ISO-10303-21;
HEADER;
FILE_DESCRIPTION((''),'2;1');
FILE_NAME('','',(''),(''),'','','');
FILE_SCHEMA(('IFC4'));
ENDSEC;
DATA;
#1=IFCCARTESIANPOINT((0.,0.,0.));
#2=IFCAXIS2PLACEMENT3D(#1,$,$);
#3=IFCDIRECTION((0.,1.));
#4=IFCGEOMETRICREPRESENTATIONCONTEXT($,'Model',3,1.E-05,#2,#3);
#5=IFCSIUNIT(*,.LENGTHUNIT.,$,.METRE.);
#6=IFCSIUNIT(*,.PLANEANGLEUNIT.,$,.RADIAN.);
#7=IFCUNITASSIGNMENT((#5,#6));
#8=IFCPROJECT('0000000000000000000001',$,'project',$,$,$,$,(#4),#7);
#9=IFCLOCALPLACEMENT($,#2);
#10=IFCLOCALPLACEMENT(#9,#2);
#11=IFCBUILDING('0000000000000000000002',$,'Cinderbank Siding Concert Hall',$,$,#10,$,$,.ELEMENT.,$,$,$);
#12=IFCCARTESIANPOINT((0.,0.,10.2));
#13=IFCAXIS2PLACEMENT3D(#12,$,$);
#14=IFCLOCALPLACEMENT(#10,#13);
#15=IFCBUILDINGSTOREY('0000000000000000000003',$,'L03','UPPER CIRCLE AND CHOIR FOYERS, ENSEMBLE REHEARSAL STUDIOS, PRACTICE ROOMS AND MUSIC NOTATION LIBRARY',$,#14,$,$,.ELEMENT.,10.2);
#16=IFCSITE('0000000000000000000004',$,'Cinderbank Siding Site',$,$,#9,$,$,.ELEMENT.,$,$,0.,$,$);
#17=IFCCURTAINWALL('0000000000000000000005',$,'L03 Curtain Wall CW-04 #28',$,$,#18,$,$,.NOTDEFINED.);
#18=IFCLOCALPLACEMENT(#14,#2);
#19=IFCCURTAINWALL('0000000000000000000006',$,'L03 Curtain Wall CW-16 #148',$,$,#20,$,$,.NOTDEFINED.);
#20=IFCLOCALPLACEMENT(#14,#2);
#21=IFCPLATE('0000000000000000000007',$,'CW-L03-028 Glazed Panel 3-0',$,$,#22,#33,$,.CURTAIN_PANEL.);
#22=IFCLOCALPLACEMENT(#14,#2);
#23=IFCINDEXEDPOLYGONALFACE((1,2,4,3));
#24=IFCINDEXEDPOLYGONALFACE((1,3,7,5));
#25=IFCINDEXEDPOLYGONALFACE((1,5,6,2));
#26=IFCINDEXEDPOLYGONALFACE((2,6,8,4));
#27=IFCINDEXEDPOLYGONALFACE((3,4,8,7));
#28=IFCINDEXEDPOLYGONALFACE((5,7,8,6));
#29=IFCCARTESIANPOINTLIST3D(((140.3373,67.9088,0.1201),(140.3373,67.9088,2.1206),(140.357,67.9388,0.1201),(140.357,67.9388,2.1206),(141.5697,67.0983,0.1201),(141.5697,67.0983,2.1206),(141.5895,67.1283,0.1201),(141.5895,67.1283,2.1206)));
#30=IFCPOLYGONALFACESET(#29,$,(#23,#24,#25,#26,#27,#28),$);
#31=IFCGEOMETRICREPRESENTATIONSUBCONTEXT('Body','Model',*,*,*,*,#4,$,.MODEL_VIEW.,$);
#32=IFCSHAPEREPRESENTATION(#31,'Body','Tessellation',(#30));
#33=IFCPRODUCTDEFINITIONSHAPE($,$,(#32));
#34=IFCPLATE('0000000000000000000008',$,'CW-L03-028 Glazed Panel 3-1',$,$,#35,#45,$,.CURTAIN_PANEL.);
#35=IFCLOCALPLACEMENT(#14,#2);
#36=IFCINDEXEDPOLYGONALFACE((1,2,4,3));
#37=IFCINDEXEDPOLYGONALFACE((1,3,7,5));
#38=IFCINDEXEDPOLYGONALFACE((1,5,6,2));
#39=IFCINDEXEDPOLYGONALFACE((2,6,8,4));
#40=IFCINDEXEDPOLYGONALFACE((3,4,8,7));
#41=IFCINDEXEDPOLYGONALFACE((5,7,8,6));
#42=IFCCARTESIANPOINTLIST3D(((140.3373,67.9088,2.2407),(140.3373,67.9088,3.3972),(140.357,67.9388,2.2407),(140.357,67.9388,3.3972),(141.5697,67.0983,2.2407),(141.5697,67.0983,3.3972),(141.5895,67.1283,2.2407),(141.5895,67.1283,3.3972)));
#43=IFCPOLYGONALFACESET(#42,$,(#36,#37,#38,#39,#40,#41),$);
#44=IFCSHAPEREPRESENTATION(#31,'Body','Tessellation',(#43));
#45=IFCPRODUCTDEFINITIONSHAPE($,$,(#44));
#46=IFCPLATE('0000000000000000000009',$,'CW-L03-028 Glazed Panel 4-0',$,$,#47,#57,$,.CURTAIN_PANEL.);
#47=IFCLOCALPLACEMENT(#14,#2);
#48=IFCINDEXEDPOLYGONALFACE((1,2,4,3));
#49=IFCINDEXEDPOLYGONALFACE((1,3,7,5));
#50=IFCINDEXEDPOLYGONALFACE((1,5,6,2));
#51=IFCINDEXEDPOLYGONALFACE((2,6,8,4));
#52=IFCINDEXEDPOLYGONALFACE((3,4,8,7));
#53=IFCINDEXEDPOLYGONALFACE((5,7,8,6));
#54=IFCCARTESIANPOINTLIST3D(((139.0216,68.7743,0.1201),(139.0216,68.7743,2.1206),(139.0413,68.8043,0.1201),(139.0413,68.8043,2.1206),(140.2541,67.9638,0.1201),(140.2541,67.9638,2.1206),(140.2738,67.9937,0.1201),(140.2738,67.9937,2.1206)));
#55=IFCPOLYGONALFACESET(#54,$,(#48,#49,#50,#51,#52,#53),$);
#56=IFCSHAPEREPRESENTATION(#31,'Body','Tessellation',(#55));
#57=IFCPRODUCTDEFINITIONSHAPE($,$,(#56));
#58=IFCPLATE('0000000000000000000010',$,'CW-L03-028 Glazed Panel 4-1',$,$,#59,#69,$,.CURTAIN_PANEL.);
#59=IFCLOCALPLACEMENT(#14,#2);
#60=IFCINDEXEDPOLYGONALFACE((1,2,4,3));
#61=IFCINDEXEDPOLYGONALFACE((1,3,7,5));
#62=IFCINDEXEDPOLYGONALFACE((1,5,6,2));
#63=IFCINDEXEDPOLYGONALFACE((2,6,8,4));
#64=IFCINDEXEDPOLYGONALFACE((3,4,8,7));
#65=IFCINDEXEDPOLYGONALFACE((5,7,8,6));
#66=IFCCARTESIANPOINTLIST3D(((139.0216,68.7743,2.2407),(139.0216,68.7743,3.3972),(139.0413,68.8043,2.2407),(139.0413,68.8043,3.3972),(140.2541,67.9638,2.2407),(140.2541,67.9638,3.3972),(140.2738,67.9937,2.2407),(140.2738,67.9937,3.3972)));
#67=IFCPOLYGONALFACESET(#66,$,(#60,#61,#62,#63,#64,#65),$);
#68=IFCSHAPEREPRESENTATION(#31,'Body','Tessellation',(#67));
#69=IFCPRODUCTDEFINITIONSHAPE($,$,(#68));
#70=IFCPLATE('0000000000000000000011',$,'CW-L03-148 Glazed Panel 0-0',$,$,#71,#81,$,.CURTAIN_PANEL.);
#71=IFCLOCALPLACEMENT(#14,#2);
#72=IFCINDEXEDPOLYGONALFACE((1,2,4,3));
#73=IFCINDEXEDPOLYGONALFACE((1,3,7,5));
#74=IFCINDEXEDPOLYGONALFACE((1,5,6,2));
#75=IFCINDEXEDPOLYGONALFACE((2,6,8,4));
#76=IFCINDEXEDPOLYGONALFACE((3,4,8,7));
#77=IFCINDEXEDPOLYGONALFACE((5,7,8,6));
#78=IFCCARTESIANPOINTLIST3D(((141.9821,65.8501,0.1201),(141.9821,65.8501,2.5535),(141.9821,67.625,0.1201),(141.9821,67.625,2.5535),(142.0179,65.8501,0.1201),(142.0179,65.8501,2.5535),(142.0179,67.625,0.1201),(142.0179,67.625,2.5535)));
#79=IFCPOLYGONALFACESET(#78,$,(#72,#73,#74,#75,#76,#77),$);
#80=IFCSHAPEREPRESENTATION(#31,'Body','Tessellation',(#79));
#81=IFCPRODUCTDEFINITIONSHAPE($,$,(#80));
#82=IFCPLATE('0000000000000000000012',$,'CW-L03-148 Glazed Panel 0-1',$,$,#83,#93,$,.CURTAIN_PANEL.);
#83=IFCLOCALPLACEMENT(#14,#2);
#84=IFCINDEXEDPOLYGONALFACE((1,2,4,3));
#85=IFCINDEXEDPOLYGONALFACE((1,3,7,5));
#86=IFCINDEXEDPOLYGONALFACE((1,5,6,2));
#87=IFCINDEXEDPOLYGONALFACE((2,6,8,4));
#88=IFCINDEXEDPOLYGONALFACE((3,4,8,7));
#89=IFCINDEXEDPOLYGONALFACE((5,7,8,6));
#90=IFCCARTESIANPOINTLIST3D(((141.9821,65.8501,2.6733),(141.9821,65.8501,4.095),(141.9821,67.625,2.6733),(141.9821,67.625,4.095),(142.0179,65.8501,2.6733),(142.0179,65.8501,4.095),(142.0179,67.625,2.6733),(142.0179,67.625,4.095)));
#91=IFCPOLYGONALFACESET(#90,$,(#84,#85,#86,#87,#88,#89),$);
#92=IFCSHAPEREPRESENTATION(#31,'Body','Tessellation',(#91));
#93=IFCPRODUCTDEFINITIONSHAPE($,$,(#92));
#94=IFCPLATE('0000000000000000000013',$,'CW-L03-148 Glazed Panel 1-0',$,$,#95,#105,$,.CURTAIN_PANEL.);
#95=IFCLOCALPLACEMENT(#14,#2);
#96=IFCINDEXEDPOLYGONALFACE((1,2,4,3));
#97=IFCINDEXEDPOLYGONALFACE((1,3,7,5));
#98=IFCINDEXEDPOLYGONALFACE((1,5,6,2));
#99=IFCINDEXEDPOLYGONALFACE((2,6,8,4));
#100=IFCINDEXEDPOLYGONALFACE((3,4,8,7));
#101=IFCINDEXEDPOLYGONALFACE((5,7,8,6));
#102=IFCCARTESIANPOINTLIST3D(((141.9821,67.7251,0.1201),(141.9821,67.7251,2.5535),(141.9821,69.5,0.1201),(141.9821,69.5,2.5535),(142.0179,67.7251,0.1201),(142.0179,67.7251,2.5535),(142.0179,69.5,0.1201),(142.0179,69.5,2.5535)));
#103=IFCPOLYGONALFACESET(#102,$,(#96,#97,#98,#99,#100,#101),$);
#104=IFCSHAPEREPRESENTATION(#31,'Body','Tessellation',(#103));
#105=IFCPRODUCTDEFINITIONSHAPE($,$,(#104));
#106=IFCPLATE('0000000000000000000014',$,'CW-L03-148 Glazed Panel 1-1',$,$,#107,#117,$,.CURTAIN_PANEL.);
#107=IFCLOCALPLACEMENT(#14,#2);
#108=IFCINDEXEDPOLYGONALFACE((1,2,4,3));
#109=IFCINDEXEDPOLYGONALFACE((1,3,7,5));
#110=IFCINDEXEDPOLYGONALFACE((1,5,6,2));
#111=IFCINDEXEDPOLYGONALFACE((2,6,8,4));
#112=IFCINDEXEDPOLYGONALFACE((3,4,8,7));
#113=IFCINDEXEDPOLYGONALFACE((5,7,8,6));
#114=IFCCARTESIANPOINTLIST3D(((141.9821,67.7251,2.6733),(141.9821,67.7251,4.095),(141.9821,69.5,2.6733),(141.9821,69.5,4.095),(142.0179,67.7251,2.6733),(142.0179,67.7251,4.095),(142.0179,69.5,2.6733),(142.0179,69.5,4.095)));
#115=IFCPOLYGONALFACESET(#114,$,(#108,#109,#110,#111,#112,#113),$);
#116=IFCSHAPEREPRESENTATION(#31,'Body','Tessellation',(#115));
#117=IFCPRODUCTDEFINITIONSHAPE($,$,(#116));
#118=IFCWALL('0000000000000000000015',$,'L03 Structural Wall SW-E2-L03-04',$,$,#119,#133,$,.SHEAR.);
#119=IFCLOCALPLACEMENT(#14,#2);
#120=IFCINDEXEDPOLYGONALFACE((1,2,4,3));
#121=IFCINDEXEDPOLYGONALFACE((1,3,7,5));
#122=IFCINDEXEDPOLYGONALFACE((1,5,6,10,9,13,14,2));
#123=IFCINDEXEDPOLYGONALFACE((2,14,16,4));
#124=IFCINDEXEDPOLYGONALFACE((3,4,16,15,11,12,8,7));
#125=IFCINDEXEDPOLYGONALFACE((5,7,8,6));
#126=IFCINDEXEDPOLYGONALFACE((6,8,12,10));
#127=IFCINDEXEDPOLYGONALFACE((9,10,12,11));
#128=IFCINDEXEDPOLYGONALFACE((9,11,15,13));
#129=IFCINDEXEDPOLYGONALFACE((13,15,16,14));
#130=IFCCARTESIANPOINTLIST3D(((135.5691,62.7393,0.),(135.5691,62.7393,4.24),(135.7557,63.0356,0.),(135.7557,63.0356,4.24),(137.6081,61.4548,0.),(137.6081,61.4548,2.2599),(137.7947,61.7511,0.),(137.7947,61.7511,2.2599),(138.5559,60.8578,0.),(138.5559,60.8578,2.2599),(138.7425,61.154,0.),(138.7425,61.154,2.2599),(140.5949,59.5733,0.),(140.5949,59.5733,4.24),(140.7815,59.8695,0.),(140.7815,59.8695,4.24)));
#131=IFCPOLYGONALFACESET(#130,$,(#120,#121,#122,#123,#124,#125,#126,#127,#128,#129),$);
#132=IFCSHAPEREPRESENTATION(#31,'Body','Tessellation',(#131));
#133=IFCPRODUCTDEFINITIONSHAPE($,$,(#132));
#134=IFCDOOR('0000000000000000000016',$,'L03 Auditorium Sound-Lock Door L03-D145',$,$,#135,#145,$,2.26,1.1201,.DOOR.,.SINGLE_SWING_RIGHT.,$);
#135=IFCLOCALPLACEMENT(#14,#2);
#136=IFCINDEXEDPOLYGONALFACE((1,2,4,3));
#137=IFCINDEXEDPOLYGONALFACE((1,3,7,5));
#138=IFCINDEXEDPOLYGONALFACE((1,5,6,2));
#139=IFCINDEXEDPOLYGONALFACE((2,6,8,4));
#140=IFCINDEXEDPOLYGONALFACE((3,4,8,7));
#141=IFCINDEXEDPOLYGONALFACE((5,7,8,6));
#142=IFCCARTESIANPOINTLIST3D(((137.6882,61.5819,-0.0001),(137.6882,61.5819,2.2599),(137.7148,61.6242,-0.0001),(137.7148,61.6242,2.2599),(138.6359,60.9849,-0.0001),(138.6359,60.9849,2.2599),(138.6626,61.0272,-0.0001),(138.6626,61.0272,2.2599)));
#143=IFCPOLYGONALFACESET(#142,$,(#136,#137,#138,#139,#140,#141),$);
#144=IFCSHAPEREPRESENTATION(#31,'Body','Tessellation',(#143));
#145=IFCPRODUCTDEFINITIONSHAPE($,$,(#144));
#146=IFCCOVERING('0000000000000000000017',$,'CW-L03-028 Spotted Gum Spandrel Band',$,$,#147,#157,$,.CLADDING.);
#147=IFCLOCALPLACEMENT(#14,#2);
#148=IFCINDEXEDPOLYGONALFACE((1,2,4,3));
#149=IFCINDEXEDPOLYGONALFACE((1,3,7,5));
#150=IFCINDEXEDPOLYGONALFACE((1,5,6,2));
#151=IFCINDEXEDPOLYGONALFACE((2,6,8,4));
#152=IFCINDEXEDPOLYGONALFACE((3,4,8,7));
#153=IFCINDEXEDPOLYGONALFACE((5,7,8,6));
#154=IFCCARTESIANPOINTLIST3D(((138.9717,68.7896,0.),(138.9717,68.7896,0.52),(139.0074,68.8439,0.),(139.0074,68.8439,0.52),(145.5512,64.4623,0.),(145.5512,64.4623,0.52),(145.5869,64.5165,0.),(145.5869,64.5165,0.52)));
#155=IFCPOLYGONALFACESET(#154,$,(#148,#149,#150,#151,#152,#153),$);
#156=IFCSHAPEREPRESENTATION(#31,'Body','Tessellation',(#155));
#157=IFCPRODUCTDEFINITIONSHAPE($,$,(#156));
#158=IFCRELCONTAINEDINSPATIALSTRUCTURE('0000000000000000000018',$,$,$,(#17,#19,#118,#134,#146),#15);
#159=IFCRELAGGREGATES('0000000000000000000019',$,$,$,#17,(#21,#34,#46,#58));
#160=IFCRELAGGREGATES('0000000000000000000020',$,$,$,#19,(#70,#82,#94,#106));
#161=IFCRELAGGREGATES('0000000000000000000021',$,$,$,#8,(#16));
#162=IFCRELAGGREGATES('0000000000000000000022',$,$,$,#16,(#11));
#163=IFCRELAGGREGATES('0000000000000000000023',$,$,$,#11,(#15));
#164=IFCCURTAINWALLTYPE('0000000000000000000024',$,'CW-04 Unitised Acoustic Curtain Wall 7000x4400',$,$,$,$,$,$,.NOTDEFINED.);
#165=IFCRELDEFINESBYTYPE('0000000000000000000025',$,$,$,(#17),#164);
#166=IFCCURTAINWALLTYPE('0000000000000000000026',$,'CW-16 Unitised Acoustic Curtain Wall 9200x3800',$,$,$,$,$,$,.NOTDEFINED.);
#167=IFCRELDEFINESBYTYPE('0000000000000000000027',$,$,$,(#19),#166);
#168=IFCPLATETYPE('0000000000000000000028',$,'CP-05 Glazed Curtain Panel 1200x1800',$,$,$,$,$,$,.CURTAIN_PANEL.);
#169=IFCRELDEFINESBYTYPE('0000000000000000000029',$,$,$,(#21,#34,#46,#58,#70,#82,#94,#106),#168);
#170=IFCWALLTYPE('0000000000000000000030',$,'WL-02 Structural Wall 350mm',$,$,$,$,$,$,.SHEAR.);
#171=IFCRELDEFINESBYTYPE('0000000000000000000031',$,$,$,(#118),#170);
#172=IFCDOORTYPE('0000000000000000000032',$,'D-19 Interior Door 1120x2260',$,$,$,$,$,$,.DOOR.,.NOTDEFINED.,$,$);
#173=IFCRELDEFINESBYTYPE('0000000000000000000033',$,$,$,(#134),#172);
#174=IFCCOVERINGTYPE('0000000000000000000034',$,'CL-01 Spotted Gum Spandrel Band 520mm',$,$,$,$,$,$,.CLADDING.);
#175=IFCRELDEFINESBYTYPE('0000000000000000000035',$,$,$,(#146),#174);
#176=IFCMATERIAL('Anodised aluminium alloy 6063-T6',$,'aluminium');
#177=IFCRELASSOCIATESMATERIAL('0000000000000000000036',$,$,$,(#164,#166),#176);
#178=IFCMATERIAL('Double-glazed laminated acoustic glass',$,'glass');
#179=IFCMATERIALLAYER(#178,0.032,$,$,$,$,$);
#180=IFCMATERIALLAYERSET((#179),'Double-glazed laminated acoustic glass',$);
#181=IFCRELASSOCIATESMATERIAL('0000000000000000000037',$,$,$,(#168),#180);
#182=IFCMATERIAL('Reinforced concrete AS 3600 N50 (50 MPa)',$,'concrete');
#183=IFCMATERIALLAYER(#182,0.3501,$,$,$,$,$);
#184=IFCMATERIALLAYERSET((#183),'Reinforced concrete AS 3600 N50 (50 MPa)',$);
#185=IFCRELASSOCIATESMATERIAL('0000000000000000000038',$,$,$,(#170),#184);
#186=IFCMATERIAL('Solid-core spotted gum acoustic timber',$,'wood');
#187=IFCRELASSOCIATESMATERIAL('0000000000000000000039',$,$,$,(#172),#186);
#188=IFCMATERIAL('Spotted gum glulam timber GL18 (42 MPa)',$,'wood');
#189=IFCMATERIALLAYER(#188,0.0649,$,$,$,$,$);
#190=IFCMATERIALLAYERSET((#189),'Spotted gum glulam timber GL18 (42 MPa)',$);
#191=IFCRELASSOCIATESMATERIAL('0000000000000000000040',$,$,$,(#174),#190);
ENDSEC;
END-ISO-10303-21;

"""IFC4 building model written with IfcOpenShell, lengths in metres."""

from ifc_helpers import new_model, si_unit, direction, frame, frame_2d, origin, origin_2d, place, context, subcontext, project, spatial, rectangle, extrude, material, layer, layer_set, type_object, element, fill, aggregate, save


model = new_model("IFC4")

# Units and contexts
model_context = context("Model", 3, precision=1e-05, world=origin(), true_north=direction((0.0, 1.0)))
body_context = subcontext(model_context, "Body", "Model", "MODEL_VIEW")
ifc_project = project(units=[si_unit("LENGTHUNIT", "METRE"), si_unit("PLANEANGLEUNIT", "RADIAN")], contexts=[model_context])

# Site, building, storey
site_placement = place(None, origin())
site = spatial("IfcSite", under=ifc_project, at=site_placement, Name="Cinderbank Siding Site", CompositionType="ELEMENT", RefElevation=0.0)
building_placement = place(site_placement, origin())
building = spatial("IfcBuilding", under=site, at=building_placement, Name="Cinderbank Siding Concert Hall", CompositionType="ELEMENT")
storey_placement = place(building_placement, frame((0.0, 0.0, 10.2)))
storey = spatial("IfcBuildingStorey", under=building, at=storey_placement, Name="L03", Description="UPPER CIRCLE AND CHOIR FOYERS, ENSEMBLE REHEARSAL STUDIOS, PRACTICE ROOMS AND MUSIC NOTATION LIBRARY", CompositionType="ELEMENT", Elevation=10.2)

# Shared definitions
ifc_material_1 = material(Name="Reinforced concrete AS 3600 N50 (50 MPa)", Category="concrete")

# Curtain walls
ifc_material_2 = material(Name="Anodised aluminium alloy 6063-T6", Category="aluminium")
curtain_wall_type_1 = type_object("IfcCurtainWallType", Name="CW-04 Unitised Acoustic Curtain Wall 7000x4400", PredefinedType="NOTDEFINED", material=ifc_material_2)
curtain_wall_1_placement = place(storey_placement, origin())
curtain_wall_1 = element("IfcCurtainWall", 1, at=curtain_wall_1_placement, inside=storey, type_object=curtain_wall_type_1, Name="L03 Curtain Wall CW-04 #28", PredefinedType="NOTDEFINED")
curtain_wall_type_2 = type_object("IfcCurtainWallType", Name="CW-16 Unitised Acoustic Curtain Wall 9200x3800", PredefinedType="NOTDEFINED", material=ifc_material_2)
curtain_wall_2_placement = place(storey_placement, origin())
curtain_wall_2 = element("IfcCurtainWall", 2, at=curtain_wall_2_placement, inside=storey, type_object=curtain_wall_type_2, Name="L03 Curtain Wall CW-16 #148", PredefinedType="NOTDEFINED")

# Plates
ifc_material_3 = material(Name="Double-glazed laminated acoustic glass", Category="glass")
ifc_layer_1 = layer(ifc_material_3, 0.032)
ifc_layer_set_1 = layer_set([ifc_layer_1], Name="Double-glazed laminated acoustic glass")
plate_type = type_object("IfcPlateType", Name="CP-05 Glazed Curtain Panel 1200x1800", PredefinedType="CURTAIN_PANEL", material=ifc_layer_set_1)
plate_1_placement = place(storey_placement, frame((140.9634, 67.5186, 0.1201), z_axis=(0.0, 0.0, 1.0), x_axis=(-0.835492, 0.549503, 0.0)))
plate_1 = element("IfcPlate", 3, at=plate_1_placement, type_object=plate_type, Name="CW-L03-028 Glazed Panel 3-0", PredefinedType="CURTAIN_PANEL", context=body_context, shape_type="SweptSolid", body=[
    extrude(rectangle(XDim=1.4751, YDim=0.0359, at=origin_2d()), origin(), (0.0, 0.0, 1.0), 2.0005),
])
plate_2_placement = place(storey_placement, frame((140.9634, 67.5186, 2.2407), z_axis=(0.0, 0.0, 1.0), x_axis=(-0.835492, 0.549503, 0.0)))
plate_2 = element("IfcPlate", 4, at=plate_2_placement, type_object=plate_type, Name="CW-L03-028 Glazed Panel 3-1", PredefinedType="CURTAIN_PANEL", context=body_context, shape_type="SweptSolid", body=[
    extrude(rectangle(XDim=1.4751, YDim=0.0359, at=origin_2d()), origin(), (0.0, 0.0, 1.0), 1.1565),
])
plate_3_placement = place(storey_placement, frame((139.6477, 68.384, 0.1201), z_axis=(0.0, 0.0, 1.0), x_axis=(-0.835492, 0.549503, 0.0)))
plate_3 = element("IfcPlate", 5, at=plate_3_placement, type_object=plate_type, Name="CW-L03-028 Glazed Panel 4-0", PredefinedType="CURTAIN_PANEL", context=body_context, shape_type="SweptSolid", body=[
    extrude(rectangle(XDim=1.4751, YDim=0.0359, at=origin_2d()), origin(), (0.0, 0.0, 1.0), 2.0005),
])
plate_4_placement = place(storey_placement, frame((139.6477, 68.384, 2.2407), z_axis=(0.0, 0.0, 1.0), x_axis=(-0.835492, 0.549503, 0.0)))
plate_4 = element("IfcPlate", 6, at=plate_4_placement, type_object=plate_type, Name="CW-L03-028 Glazed Panel 4-1", PredefinedType="CURTAIN_PANEL", context=body_context, shape_type="SweptSolid", body=[
    extrude(rectangle(XDim=1.4751, YDim=0.0359, at=origin_2d()), origin(), (0.0, 0.0, 1.0), 1.1565),
])
aggregate(curtain_wall_1, [plate_1, plate_2, plate_3, plate_4])
plate_5_placement = place(storey_placement, frame((142.0, 66.7375, 0.1201), z_axis=(0.0, 0.0, 1.0), x_axis=(0.0, 1.0, 0.0)))
plate_5 = element("IfcPlate", 7, at=plate_5_placement, type_object=plate_type, Name="CW-L03-148 Glazed Panel 0-0", PredefinedType="CURTAIN_PANEL", context=body_context, shape_type="SweptSolid", body=[
    extrude(rectangle(XDim=1.7749, YDim=0.0359, at=origin_2d()), origin(), (0.0, 0.0, 1.0), 2.4333),
])
plate_6_placement = place(storey_placement, frame((142.0, 66.7375, 2.6733), z_axis=(0.0, 0.0, 1.0), x_axis=(0.0, 1.0, 0.0)))
plate_6 = element("IfcPlate", 8, at=plate_6_placement, type_object=plate_type, Name="CW-L03-148 Glazed Panel 0-1", PredefinedType="CURTAIN_PANEL", context=body_context, shape_type="SweptSolid", body=[
    extrude(rectangle(XDim=1.7749, YDim=0.0359, at=origin_2d()), origin(), (0.0, 0.0, 1.0), 1.4216),
])
plate_7_placement = place(storey_placement, frame((142.0, 68.6125, 0.1201), z_axis=(0.0, 0.0, 1.0), x_axis=(0.0, 1.0, 0.0)))
plate_7 = element("IfcPlate", 9, at=plate_7_placement, type_object=plate_type, Name="CW-L03-148 Glazed Panel 1-0", PredefinedType="CURTAIN_PANEL", context=body_context, shape_type="SweptSolid", body=[
    extrude(rectangle(XDim=1.7749, YDim=0.0359, at=origin_2d()), origin(), (0.0, 0.0, 1.0), 2.4333),
])
plate_8_placement = place(storey_placement, frame((142.0, 68.6125, 2.6733), z_axis=(0.0, 0.0, 1.0), x_axis=(0.0, 1.0, 0.0)))
plate_8 = element("IfcPlate", 10, at=plate_8_placement, type_object=plate_type, Name="CW-L03-148 Glazed Panel 1-1", PredefinedType="CURTAIN_PANEL", context=body_context, shape_type="SweptSolid", body=[
    extrude(rectangle(XDim=1.7749, YDim=0.0359, at=origin_2d()), origin(), (0.0, 0.0, 1.0), 1.4216),
])
aggregate(curtain_wall_2, [plate_5, plate_6, plate_7, plate_8])

# Wall, opening, door
ifc_layer_2 = layer(ifc_material_1, 0.3501)
ifc_layer_set_2 = layer_set([ifc_layer_2], Name="Reinforced concrete AS 3600 N50 (50 MPa)")
wall_type = type_object("IfcWallType", Name="WL-02 Structural Wall 350mm", PredefinedType="SHEAR", material=ifc_layer_set_2)
wall_placement = place(storey_placement, frame((140.6882, 59.7214, 0.0), z_axis=(0.0, 0.0, 1.0), x_axis=(-0.846113, 0.533003, 0.0)))
wall = element("IfcWall", 11, at=wall_placement, inside=storey, type_object=wall_type, Name="L03 Structural Wall SW-E2-L03-04", PredefinedType="SHEAR", context=body_context, shape_type="SweptSolid", body=[
    extrude(rectangle(XDim=5.9399, YDim=0.3501, at=frame_2d((2.97, 0.0))), origin(), (0.0, 0.0, 1.0), 4.24),
])
opening_placement = place(wall_placement, frame((2.4099, 0.0, 0.0)))
opening = element("IfcOpeningElement", 12, at=opening_placement, cuts=wall, PredefinedType="OPENING", context=body_context, shape_type="SweptSolid", body=[
    extrude(rectangle(XDim=1.1201, YDim=2.26, at=frame_2d((0.5601, 1.1299))), frame((0.0, 0.187, 0.0), z_axis=(0.0, -1.0, 0.0), x_axis=(1.0, 0.0, 0.0)), (0.0, 0.0, 1.0), 0.374),
])
ifc_material_4 = material(Name="Solid-core spotted gum acoustic timber", Category="wood")
door_type = type_object("IfcDoorType", Name="D-19 Interior Door 1120x2260", OperationType="NOTDEFINED", PredefinedType="DOOR", material=ifc_material_4)
door_placement = place(opening_placement, origin())
door = element("IfcDoor", 13, at=door_placement, inside=storey, type_object=door_type, Name="L03 Auditorium Sound-Lock Door L03-D145", OperationType="SINGLE_SWING_RIGHT", OverallHeight=2.26, OverallWidth=1.1201, PredefinedType="DOOR", context=body_context, shape_type="SweptSolid", body=[
    extrude(rectangle(XDim=1.1201, YDim=2.26, at=frame_2d((0.5601, 1.1299))), frame((0.0, 0.0249, 0.0), z_axis=(0.0, -1.0, 0.0), x_axis=(1.0, 0.0, 0.0)), (0.0, 0.0, 1.0), 0.05),
])
fill(opening, door)

# Covering
ifc_material_5 = material(Name="Spotted gum glulam timber GL18 (42 MPa)", Category="wood")
ifc_layer_3 = layer(ifc_material_5, 0.0649)
ifc_layer_set_3 = layer_set([ifc_layer_3], Name="Spotted gum glulam timber GL18 (42 MPa)")
covering_type = type_object("IfcCoveringType", Name="CL-01 Spotted Gum Spandrel Band 520mm", PredefinedType="CLADDING", material=ifc_layer_set_3)
covering_placement = place(storey_placement, frame((142.2793, 66.6531, 0.0), z_axis=(0.0, 0.0, 1.0), x_axis=(-0.835492, 0.549503, 0.0)))
element("IfcCovering", 14, at=covering_placement, inside=storey, type_object=covering_type, Name="CW-L03-028 Spotted Gum Spandrel Band", PredefinedType="CLADDING", context=body_context, shape_type="SweptSolid", body=[
    extrude(rectangle(XDim=7.875, YDim=0.0649, at=origin_2d()), origin(), (0.0, 0.0, 1.0), 0.52),
])

save(model, "model.ifc")
